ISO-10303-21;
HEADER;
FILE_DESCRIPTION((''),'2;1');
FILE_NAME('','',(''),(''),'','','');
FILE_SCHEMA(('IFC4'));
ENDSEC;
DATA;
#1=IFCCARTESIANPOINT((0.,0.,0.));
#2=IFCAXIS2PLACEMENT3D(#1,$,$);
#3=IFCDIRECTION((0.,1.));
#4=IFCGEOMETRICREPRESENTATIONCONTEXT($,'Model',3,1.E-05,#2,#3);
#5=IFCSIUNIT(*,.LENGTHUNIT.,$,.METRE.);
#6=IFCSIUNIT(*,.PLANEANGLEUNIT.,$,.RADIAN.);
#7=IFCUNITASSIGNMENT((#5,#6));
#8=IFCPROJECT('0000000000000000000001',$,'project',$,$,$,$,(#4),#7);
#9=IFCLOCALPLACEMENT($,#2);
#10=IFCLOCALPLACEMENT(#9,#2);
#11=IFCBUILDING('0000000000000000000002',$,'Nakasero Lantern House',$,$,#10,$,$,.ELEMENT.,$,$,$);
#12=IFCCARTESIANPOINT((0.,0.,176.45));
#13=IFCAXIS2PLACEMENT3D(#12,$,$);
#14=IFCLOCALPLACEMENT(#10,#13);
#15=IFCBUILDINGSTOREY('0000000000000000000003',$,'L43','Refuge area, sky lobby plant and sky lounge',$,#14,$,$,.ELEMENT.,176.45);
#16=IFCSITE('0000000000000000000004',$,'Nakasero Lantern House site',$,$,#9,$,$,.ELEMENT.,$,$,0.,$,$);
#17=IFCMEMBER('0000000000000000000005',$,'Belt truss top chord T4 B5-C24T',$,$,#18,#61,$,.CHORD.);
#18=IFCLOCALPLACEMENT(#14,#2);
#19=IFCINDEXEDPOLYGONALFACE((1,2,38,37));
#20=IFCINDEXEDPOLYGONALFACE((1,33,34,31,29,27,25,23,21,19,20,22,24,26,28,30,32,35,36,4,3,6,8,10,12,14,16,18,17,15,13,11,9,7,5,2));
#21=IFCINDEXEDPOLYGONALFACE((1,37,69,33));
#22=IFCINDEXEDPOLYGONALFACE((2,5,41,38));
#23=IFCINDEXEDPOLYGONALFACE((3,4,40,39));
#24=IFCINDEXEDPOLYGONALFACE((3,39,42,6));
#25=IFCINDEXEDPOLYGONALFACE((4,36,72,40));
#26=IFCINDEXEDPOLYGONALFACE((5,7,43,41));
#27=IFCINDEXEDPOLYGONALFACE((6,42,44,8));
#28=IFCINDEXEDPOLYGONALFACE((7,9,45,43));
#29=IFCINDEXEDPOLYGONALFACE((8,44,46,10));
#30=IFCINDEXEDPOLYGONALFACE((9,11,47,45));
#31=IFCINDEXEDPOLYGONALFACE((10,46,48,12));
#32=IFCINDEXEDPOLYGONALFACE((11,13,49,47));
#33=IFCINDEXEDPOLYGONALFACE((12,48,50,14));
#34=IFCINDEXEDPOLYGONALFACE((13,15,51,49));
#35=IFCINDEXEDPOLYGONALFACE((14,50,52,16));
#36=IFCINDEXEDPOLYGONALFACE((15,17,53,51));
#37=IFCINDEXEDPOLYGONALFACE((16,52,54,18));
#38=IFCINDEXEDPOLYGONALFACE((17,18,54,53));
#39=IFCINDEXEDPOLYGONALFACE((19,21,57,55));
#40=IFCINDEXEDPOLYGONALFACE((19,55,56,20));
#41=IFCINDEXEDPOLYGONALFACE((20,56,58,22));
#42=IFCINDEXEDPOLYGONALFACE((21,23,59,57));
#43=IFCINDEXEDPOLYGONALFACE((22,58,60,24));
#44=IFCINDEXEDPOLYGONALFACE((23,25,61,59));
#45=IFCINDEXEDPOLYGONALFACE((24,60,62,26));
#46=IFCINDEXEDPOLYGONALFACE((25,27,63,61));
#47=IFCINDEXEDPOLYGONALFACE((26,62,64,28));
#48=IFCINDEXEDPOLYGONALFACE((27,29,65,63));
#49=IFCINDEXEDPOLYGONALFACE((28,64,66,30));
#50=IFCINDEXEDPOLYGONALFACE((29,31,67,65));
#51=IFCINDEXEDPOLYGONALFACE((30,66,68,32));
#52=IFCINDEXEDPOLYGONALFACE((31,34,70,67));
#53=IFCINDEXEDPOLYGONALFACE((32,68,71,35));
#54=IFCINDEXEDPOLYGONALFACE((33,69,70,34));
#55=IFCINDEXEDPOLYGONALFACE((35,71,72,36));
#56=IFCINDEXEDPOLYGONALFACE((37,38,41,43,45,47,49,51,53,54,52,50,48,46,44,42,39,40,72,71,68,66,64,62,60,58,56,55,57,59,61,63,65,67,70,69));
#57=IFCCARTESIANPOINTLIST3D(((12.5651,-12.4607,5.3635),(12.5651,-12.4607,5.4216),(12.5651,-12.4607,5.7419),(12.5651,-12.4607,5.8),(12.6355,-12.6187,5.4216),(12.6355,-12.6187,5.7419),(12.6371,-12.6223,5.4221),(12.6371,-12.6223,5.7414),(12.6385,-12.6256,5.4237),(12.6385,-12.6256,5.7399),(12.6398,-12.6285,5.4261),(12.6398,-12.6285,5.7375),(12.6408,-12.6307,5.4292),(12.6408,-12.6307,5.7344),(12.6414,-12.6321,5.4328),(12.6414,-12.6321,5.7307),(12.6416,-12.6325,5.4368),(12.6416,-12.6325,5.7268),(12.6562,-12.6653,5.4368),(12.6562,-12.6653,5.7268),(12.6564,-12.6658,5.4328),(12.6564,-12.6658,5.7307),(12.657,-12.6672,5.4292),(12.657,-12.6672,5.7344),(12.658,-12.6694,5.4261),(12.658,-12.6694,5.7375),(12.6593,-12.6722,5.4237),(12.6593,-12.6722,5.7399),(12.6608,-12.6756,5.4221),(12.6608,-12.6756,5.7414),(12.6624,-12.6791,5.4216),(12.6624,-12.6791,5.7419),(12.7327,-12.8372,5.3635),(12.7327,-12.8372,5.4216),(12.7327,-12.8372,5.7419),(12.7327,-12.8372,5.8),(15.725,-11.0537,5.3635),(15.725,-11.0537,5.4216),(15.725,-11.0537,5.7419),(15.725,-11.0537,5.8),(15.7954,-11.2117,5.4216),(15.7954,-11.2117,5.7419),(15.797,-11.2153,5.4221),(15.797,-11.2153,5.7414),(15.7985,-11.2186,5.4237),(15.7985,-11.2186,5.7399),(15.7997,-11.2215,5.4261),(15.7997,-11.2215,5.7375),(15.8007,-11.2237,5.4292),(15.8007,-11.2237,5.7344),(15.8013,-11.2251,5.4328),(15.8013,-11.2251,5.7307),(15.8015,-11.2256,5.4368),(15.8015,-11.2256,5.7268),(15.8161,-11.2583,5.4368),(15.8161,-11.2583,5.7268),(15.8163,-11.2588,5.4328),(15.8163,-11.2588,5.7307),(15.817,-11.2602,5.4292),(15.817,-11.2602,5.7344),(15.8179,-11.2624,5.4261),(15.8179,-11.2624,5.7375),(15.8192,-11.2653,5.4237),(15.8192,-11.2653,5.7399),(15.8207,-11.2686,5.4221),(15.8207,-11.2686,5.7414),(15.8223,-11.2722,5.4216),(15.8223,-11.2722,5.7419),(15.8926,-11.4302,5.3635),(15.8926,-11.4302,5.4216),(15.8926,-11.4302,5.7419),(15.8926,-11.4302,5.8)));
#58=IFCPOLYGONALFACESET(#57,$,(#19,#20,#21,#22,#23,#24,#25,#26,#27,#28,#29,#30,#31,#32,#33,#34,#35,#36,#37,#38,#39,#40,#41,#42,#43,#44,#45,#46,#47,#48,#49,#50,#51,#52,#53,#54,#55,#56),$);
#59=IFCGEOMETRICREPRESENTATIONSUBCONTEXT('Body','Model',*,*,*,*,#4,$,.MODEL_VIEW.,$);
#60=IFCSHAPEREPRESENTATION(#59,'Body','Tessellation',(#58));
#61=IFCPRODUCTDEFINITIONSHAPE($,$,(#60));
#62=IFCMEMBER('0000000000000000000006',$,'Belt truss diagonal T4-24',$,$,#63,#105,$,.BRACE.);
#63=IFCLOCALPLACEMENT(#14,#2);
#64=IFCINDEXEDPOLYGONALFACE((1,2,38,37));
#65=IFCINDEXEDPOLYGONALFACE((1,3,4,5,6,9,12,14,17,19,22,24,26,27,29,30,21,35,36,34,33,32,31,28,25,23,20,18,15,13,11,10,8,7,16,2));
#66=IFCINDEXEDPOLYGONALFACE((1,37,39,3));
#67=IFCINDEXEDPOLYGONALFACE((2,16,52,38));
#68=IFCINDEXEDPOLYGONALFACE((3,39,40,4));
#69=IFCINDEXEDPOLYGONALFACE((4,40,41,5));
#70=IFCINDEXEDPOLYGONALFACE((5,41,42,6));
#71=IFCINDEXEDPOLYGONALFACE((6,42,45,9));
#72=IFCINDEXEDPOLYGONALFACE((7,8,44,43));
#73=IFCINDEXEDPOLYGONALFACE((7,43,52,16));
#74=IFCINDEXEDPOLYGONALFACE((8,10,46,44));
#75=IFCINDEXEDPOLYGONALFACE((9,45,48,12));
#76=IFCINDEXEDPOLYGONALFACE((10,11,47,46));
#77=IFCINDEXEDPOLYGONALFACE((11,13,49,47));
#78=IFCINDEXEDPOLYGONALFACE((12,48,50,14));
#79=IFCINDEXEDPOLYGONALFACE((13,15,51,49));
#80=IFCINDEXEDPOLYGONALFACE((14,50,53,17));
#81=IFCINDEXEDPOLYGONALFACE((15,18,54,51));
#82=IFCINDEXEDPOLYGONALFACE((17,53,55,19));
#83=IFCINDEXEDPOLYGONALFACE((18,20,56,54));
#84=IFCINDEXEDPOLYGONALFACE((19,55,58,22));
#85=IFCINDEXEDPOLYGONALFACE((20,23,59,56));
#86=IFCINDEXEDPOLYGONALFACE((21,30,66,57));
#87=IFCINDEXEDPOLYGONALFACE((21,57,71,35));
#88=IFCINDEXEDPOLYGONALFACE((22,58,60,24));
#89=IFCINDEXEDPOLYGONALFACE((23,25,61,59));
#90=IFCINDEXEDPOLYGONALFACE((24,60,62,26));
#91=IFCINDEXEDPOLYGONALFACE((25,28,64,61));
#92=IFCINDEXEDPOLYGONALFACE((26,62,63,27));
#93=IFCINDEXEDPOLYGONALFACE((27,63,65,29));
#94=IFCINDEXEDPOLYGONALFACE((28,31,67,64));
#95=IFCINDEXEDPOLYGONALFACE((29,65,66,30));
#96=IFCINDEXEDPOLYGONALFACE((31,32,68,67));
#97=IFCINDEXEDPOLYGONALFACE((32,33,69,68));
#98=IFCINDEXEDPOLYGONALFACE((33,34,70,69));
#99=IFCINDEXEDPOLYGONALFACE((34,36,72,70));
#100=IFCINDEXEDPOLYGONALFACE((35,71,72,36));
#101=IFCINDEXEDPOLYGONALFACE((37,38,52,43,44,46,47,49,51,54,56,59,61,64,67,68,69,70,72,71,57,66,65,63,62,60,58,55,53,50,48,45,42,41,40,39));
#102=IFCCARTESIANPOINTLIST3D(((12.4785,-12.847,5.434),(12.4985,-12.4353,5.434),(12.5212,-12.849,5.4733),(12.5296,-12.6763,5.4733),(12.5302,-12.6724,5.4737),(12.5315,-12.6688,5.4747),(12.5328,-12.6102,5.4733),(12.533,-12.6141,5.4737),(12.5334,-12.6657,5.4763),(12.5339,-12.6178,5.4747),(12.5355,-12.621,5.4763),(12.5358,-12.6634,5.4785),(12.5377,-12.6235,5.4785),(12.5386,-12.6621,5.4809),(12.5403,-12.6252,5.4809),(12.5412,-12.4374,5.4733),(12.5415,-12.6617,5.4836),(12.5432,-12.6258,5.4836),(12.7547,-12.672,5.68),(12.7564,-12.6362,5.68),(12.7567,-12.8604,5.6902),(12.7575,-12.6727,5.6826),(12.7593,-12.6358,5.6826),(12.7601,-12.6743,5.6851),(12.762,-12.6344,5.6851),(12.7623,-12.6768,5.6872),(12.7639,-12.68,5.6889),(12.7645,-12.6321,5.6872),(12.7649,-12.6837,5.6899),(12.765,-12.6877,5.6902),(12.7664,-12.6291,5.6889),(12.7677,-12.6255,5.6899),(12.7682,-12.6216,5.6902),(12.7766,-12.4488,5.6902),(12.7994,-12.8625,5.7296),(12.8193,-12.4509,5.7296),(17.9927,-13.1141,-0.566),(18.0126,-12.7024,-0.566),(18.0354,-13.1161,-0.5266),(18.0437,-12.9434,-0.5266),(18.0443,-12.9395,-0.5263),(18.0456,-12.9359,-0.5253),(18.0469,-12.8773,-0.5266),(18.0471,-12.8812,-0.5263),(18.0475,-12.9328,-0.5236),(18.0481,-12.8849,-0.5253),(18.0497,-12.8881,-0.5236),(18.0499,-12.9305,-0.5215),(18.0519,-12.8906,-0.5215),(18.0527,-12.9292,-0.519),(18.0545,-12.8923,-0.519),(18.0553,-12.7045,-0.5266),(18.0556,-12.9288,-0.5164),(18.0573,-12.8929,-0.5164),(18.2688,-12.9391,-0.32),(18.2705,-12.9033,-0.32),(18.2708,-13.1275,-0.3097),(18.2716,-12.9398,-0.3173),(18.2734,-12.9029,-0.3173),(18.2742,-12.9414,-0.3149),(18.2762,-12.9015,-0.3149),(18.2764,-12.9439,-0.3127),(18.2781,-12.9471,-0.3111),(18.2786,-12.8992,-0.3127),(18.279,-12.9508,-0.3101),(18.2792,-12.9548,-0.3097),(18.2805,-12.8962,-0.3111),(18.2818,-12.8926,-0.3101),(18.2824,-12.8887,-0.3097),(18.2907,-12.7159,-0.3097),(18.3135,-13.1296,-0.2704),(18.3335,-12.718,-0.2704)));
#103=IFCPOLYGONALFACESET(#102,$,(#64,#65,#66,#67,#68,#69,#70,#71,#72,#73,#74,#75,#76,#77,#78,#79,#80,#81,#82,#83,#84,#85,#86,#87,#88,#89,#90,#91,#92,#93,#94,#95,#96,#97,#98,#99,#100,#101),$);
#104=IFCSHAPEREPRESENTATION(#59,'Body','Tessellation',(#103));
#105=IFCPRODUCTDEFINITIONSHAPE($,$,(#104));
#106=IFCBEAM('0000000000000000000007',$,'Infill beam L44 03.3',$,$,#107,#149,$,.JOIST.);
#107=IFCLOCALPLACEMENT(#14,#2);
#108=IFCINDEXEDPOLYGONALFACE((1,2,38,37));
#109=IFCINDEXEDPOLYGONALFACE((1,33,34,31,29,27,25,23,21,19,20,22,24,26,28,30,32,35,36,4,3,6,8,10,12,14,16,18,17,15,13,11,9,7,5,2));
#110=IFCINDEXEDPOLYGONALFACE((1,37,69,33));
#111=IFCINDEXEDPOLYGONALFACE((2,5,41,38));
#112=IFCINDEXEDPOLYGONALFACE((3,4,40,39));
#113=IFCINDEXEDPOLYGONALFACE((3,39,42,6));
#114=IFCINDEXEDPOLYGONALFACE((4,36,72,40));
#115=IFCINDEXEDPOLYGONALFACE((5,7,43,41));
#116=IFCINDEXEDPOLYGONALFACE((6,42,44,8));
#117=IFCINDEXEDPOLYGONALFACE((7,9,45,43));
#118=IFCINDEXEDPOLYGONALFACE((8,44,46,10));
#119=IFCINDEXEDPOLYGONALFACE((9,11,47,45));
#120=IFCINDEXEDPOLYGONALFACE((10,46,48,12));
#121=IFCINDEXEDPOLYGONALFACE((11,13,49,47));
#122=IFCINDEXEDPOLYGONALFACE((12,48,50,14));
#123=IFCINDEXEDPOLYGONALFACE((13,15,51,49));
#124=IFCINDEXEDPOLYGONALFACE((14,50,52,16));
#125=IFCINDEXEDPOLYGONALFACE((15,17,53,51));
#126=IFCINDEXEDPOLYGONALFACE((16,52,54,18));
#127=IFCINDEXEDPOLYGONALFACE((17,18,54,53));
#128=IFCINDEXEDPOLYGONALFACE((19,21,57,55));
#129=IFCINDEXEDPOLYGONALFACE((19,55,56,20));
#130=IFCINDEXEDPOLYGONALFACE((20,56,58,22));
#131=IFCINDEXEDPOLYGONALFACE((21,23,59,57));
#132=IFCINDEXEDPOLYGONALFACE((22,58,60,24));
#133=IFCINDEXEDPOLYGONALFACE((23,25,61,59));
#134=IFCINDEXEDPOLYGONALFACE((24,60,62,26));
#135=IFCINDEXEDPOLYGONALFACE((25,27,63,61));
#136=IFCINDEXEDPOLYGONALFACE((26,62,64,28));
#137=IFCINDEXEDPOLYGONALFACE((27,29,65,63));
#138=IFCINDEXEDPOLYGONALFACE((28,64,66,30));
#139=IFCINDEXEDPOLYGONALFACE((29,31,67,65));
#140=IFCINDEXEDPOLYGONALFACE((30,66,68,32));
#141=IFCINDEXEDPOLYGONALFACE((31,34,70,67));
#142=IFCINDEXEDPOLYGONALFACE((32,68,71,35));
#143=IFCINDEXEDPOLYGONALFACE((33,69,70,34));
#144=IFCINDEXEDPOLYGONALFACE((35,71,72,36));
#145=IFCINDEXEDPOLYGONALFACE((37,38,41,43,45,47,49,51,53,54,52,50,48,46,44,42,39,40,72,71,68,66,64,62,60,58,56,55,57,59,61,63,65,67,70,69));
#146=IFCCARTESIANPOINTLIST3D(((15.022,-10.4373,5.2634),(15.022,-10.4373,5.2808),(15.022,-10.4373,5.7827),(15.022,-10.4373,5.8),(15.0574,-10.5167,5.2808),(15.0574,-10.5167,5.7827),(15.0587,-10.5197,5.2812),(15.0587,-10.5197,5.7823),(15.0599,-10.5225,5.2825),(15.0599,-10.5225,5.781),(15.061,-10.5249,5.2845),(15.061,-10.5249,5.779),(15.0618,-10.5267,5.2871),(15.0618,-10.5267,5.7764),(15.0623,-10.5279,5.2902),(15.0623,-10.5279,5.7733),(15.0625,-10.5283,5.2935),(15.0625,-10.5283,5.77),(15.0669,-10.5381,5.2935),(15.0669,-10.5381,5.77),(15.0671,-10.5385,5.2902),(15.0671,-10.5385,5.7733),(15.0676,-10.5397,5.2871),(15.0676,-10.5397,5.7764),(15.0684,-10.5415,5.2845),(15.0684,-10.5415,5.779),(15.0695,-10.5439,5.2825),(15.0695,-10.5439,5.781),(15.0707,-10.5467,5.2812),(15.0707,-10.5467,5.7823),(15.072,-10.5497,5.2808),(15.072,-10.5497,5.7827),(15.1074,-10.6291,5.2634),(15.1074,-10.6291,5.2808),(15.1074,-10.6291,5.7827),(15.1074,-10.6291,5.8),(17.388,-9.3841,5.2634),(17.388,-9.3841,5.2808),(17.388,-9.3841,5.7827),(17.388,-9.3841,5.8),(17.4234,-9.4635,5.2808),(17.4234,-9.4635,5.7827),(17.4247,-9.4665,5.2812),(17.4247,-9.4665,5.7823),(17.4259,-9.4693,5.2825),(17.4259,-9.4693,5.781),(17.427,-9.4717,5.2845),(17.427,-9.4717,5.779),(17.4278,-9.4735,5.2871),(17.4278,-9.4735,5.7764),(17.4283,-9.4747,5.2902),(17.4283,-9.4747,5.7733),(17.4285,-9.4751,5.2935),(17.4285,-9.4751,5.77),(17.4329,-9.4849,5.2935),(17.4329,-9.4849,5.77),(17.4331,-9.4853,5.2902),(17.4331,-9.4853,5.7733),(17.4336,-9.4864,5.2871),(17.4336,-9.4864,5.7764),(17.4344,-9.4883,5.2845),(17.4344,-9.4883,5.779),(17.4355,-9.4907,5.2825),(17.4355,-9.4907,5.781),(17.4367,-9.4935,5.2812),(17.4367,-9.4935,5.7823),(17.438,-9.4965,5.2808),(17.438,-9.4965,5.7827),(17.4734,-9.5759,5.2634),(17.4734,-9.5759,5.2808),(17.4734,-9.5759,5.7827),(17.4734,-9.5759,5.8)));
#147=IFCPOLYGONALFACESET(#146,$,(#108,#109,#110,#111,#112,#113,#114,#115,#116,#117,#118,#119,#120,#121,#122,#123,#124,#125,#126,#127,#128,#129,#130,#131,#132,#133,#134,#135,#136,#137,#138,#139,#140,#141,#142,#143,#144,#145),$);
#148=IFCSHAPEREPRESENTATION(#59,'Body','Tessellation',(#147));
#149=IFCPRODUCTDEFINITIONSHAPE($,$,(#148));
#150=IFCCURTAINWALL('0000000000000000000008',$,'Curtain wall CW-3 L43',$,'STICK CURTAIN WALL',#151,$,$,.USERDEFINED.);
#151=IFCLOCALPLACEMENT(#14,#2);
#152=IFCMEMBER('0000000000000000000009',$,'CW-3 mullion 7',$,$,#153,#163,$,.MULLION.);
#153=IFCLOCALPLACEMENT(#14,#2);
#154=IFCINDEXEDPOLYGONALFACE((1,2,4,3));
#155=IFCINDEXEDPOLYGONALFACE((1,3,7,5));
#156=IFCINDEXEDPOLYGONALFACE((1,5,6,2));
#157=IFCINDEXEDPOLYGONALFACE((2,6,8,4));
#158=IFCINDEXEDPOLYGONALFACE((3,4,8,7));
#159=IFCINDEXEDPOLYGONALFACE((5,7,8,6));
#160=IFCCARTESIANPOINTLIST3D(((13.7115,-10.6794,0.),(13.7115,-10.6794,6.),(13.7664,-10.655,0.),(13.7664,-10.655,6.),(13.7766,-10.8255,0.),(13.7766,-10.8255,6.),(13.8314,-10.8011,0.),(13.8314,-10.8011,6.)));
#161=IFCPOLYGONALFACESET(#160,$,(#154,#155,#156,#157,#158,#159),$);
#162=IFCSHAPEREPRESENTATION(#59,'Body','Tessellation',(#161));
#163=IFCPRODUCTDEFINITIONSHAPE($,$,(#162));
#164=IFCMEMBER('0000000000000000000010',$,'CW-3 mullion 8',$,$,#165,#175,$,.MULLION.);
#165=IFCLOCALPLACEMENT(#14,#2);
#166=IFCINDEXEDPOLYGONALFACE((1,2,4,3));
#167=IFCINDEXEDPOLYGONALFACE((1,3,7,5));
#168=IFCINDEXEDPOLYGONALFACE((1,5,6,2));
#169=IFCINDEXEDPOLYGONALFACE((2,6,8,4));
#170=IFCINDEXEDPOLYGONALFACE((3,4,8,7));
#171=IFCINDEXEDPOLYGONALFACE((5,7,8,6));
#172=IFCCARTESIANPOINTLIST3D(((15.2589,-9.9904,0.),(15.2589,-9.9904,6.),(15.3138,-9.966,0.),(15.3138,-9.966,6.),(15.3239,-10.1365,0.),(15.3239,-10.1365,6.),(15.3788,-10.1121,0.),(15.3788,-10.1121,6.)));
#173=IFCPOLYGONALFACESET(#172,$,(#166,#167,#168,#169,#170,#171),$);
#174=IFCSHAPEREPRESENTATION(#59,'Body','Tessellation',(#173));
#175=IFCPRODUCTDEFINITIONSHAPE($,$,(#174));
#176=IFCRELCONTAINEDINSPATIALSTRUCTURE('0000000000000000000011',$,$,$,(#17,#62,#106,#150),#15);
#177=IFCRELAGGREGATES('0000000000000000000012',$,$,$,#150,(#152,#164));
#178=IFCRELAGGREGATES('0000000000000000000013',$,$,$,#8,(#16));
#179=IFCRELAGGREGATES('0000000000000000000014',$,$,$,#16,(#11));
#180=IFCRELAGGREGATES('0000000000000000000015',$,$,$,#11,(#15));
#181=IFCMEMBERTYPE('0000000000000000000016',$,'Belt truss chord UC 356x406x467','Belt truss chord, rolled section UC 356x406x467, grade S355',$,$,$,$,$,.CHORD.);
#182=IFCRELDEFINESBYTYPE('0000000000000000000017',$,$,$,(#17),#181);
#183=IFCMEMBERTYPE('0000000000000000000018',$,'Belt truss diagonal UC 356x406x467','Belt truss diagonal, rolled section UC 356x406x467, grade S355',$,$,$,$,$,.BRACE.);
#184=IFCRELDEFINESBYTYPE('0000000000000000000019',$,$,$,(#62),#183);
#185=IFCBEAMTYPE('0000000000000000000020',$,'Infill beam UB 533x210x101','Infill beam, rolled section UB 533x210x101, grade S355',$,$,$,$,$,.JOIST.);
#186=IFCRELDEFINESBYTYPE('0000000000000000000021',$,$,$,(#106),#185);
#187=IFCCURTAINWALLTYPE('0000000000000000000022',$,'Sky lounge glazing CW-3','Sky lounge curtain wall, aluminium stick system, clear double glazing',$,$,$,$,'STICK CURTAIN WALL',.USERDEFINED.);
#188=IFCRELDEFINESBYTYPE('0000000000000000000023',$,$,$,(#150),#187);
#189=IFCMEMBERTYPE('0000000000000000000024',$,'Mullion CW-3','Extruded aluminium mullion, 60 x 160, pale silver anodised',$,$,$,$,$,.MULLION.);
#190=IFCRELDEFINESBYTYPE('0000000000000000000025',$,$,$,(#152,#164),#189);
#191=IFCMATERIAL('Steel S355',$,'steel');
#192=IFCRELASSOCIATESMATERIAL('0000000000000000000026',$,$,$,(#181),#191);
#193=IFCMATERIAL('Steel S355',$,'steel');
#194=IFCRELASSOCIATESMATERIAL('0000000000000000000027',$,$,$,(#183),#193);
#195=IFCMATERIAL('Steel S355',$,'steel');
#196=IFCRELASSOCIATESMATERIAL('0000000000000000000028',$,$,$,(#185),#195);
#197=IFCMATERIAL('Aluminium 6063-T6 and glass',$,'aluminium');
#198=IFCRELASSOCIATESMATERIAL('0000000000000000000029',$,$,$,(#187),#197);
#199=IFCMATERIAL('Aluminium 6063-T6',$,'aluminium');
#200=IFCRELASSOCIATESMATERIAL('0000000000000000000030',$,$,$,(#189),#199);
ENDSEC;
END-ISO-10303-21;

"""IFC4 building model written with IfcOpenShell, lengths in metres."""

from ifc_helpers import new_model, si_unit, direction, frame, origin, origin_2d, place, context, subcontext, project, spatial, rectangle, i_section, extrude, material, material_profile, profile_set, type_object, element, aggregate, save


model = new_model("IFC4")

# Units and contexts
model_context = context("Model", 3, precision=1e-05, world=origin(), true_north=direction((0.0, 1.0)))
body_context = subcontext(model_context, "Body", "Model", "MODEL_VIEW")
ifc_project = project(units=[si_unit("LENGTHUNIT", "METRE"), si_unit("PLANEANGLEUNIT", "RADIAN")], contexts=[model_context])

# Site, building, storey
site_placement = place(None, origin())
site = spatial("IfcSite", under=ifc_project, at=site_placement, Name="Nakasero Lantern House site", CompositionType="ELEMENT", RefElevation=0.0)
building_placement = place(site_placement, origin())
building = spatial("IfcBuilding", under=site, at=building_placement, Name="Nakasero Lantern House", CompositionType="ELEMENT")
storey_placement = place(building_placement, frame((0.0, 0.0, 176.45)))
storey = spatial("IfcBuildingStorey", under=building, at=storey_placement, Name="L43", Description="Refuge area, sky lobby plant and sky lounge", CompositionType="ELEMENT", Elevation=176.45)

# Members
ifc_material_1 = material(Name="Steel S355", Category="steel")
ifc_material_profile_1 = material_profile(ifc_material_1, i_section(OverallWidth=0.4121, OverallDepth=0.4365, WebThickness=0.0359, FlangeThickness=0.0581, FilletRadius=0.0151, at=origin_2d()), Name="UC 356x406x467")
ifc_profile_set_1 = profile_set([ifc_material_profile_1], Name="Steel S355")
member_type_1 = type_object("IfcMemberType", Name="Belt truss chord UC 356x406x467", Description="Belt truss chord, rolled section UC 356x406x467, grade S355", PredefinedType="CHORD", material=ifc_profile_set_1)
member_1_placement = place(storey_placement, frame((12.6489, -12.6489, 5.5818), z_axis=(0.913535, 0.406761, 0.0), x_axis=(-0.406761, 0.913535, 0.0)))
element("IfcMember", 1, at=member_1_placement, inside=storey, type_object=member_type_1, Name="Belt truss top chord T4 B5-C24T", PredefinedType="CHORD", context=body_context, shape_type="SweptSolid", body=[
    extrude(i_section(OverallWidth=0.4121, OverallDepth=0.4365, WebThickness=0.0359, FlangeThickness=0.0581, FilletRadius=0.0151, at=origin_2d()), origin(), (0.0, 0.0, 1.0), 3.459),
])
ifc_material_2 = material(Name="Steel S355", Category="steel")
ifc_material_profile_2 = material_profile(ifc_material_2, i_section(OverallWidth=0.4121, OverallDepth=0.4365, WebThickness=0.0359, FlangeThickness=0.0581, FilletRadius=0.0151, at=origin_2d()), Name="UC 356x406x467")
ifc_profile_set_2 = profile_set([ifc_material_profile_2], Name="Steel S355")
member_type_2 = type_object("IfcMemberType", Name="Belt truss diagonal UC 356x406x467", Description="Belt truss diagonal, rolled section UC 356x406x467, grade S355", PredefinedType="BRACE", material=ifc_profile_set_2)
member_2_placement = place(storey_placement, frame((12.6489, -12.6489, 5.5818), z_axis=(0.676305, -0.032758, -0.735893), x_axis=(0.04838, 0.998829, 0.0)))
element("IfcMember", 2, at=member_2_placement, inside=storey, type_object=member_type_2, Name="Belt truss diagonal T4-24", PredefinedType="BRACE", context=body_context, shape_type="SweptSolid", body=[
    extrude(i_section(OverallWidth=0.4121, OverallDepth=0.4365, WebThickness=0.0359, FlangeThickness=0.0581, FilletRadius=0.0151, at=origin_2d()), origin(), (0.0, 0.0, 1.0), 8.1533),
])

# Beam
ifc_material_3 = material(Name="Steel S355", Category="steel")
ifc_material_profile_3 = material_profile(ifc_material_3, i_section(OverallWidth=0.21, OverallDepth=0.5366, WebThickness=0.0107, FlangeThickness=0.0173, FilletRadius=0.0127, at=origin_2d()), Name="UB 533x210x101")
ifc_profile_set_3 = profile_set([ifc_material_profile_3], Name="Steel S355")
beam_type_1 = type_object("IfcBeamType", Name="Infill beam UB 533x210x101", Description="Infill beam, rolled section UB 533x210x101, grade S355", PredefinedType="JOIST", material=ifc_profile_set_3)
beam_1_placement = place(storey_placement, frame((15.0647, -10.5332, 5.5317), z_axis=(0.91357, 0.406681, 0.0), x_axis=(-0.406681, 0.91357, 0.0)))
element("IfcBeam", 3, at=beam_1_placement, inside=storey, type_object=beam_type_1, Name="Infill beam L44 03.3", PredefinedType="JOIST", context=body_context, shape_type="SweptSolid", body=[
    extrude(i_section(OverallWidth=0.21, OverallDepth=0.5366, WebThickness=0.0107, FlangeThickness=0.0173, FilletRadius=0.0127, at=origin_2d()), origin(), (0.0, 0.0, 1.0), 2.5898),
])

# Curtain wall, members
ifc_material_4 = material(Name="Aluminium 6063-T6 and glass", Category="aluminium")
curtain_wall_type = type_object("IfcCurtainWallType", Name="Sky lounge glazing CW-3", Description="Sky lounge curtain wall, aluminium stick system, clear double glazing", ElementType="STICK CURTAIN WALL", PredefinedType="USERDEFINED", material=ifc_material_4)
curtain_wall_placement = place(storey_placement, origin())
curtain_wall = element("IfcCurtainWall", 4, at=curtain_wall_placement, inside=storey, type_object=curtain_wall_type, Name="Curtain wall CW-3 L43", ObjectType="STICK CURTAIN WALL", PredefinedType="USERDEFINED")
ifc_material_5 = material(Name="Aluminium 6063-T6", Category="aluminium")
ifc_material_profile_4 = material_profile(ifc_material_5, rectangle(XDim=0.0601, YDim=0.1599, at=origin_2d()), Name="CW-3 mullion 60x160")
ifc_profile_set_4 = profile_set([ifc_material_profile_4], Name="Aluminium 6063-T6")
member_type_3 = type_object("IfcMemberType", Name="Mullion CW-3", Description="Extruded aluminium mullion, 60 x 160, pale silver anodised", PredefinedType="MULLION", material=ifc_profile_set_4)
member_3_placement = place(storey_placement, frame((13.7715, -10.7402, 0.0), z_axis=(0.0, 0.0, 1.0), x_axis=(0.913545, 0.406737, 0.0)))
member_3 = element("IfcMember", 5, at=member_3_placement, type_object=member_type_3, Name="CW-3 mullion 7", PredefinedType="MULLION", context=body_context, shape_type="SweptSolid", body=[
    extrude(rectangle(XDim=0.0601, YDim=0.1599, at=origin_2d()), origin(), (0.0, 0.0, 1.0), 6.0),
])
member_4_placement = place(storey_placement, frame((15.3188, -10.0513, 0.0), z_axis=(0.0, 0.0, 1.0), x_axis=(0.913545, 0.406737, 0.0)))
member_4 = element("IfcMember", 6, at=member_4_placement, type_object=member_type_3, Name="CW-3 mullion 8", PredefinedType="MULLION", context=body_context, shape_type="SweptSolid", body=[
    extrude(rectangle(XDim=0.0601, YDim=0.1599, at=origin_2d()), origin(), (0.0, 0.0, 1.0), 6.0),
])

aggregate(curtain_wall, [member_3, member_4])

save(model, "model.ifc")
